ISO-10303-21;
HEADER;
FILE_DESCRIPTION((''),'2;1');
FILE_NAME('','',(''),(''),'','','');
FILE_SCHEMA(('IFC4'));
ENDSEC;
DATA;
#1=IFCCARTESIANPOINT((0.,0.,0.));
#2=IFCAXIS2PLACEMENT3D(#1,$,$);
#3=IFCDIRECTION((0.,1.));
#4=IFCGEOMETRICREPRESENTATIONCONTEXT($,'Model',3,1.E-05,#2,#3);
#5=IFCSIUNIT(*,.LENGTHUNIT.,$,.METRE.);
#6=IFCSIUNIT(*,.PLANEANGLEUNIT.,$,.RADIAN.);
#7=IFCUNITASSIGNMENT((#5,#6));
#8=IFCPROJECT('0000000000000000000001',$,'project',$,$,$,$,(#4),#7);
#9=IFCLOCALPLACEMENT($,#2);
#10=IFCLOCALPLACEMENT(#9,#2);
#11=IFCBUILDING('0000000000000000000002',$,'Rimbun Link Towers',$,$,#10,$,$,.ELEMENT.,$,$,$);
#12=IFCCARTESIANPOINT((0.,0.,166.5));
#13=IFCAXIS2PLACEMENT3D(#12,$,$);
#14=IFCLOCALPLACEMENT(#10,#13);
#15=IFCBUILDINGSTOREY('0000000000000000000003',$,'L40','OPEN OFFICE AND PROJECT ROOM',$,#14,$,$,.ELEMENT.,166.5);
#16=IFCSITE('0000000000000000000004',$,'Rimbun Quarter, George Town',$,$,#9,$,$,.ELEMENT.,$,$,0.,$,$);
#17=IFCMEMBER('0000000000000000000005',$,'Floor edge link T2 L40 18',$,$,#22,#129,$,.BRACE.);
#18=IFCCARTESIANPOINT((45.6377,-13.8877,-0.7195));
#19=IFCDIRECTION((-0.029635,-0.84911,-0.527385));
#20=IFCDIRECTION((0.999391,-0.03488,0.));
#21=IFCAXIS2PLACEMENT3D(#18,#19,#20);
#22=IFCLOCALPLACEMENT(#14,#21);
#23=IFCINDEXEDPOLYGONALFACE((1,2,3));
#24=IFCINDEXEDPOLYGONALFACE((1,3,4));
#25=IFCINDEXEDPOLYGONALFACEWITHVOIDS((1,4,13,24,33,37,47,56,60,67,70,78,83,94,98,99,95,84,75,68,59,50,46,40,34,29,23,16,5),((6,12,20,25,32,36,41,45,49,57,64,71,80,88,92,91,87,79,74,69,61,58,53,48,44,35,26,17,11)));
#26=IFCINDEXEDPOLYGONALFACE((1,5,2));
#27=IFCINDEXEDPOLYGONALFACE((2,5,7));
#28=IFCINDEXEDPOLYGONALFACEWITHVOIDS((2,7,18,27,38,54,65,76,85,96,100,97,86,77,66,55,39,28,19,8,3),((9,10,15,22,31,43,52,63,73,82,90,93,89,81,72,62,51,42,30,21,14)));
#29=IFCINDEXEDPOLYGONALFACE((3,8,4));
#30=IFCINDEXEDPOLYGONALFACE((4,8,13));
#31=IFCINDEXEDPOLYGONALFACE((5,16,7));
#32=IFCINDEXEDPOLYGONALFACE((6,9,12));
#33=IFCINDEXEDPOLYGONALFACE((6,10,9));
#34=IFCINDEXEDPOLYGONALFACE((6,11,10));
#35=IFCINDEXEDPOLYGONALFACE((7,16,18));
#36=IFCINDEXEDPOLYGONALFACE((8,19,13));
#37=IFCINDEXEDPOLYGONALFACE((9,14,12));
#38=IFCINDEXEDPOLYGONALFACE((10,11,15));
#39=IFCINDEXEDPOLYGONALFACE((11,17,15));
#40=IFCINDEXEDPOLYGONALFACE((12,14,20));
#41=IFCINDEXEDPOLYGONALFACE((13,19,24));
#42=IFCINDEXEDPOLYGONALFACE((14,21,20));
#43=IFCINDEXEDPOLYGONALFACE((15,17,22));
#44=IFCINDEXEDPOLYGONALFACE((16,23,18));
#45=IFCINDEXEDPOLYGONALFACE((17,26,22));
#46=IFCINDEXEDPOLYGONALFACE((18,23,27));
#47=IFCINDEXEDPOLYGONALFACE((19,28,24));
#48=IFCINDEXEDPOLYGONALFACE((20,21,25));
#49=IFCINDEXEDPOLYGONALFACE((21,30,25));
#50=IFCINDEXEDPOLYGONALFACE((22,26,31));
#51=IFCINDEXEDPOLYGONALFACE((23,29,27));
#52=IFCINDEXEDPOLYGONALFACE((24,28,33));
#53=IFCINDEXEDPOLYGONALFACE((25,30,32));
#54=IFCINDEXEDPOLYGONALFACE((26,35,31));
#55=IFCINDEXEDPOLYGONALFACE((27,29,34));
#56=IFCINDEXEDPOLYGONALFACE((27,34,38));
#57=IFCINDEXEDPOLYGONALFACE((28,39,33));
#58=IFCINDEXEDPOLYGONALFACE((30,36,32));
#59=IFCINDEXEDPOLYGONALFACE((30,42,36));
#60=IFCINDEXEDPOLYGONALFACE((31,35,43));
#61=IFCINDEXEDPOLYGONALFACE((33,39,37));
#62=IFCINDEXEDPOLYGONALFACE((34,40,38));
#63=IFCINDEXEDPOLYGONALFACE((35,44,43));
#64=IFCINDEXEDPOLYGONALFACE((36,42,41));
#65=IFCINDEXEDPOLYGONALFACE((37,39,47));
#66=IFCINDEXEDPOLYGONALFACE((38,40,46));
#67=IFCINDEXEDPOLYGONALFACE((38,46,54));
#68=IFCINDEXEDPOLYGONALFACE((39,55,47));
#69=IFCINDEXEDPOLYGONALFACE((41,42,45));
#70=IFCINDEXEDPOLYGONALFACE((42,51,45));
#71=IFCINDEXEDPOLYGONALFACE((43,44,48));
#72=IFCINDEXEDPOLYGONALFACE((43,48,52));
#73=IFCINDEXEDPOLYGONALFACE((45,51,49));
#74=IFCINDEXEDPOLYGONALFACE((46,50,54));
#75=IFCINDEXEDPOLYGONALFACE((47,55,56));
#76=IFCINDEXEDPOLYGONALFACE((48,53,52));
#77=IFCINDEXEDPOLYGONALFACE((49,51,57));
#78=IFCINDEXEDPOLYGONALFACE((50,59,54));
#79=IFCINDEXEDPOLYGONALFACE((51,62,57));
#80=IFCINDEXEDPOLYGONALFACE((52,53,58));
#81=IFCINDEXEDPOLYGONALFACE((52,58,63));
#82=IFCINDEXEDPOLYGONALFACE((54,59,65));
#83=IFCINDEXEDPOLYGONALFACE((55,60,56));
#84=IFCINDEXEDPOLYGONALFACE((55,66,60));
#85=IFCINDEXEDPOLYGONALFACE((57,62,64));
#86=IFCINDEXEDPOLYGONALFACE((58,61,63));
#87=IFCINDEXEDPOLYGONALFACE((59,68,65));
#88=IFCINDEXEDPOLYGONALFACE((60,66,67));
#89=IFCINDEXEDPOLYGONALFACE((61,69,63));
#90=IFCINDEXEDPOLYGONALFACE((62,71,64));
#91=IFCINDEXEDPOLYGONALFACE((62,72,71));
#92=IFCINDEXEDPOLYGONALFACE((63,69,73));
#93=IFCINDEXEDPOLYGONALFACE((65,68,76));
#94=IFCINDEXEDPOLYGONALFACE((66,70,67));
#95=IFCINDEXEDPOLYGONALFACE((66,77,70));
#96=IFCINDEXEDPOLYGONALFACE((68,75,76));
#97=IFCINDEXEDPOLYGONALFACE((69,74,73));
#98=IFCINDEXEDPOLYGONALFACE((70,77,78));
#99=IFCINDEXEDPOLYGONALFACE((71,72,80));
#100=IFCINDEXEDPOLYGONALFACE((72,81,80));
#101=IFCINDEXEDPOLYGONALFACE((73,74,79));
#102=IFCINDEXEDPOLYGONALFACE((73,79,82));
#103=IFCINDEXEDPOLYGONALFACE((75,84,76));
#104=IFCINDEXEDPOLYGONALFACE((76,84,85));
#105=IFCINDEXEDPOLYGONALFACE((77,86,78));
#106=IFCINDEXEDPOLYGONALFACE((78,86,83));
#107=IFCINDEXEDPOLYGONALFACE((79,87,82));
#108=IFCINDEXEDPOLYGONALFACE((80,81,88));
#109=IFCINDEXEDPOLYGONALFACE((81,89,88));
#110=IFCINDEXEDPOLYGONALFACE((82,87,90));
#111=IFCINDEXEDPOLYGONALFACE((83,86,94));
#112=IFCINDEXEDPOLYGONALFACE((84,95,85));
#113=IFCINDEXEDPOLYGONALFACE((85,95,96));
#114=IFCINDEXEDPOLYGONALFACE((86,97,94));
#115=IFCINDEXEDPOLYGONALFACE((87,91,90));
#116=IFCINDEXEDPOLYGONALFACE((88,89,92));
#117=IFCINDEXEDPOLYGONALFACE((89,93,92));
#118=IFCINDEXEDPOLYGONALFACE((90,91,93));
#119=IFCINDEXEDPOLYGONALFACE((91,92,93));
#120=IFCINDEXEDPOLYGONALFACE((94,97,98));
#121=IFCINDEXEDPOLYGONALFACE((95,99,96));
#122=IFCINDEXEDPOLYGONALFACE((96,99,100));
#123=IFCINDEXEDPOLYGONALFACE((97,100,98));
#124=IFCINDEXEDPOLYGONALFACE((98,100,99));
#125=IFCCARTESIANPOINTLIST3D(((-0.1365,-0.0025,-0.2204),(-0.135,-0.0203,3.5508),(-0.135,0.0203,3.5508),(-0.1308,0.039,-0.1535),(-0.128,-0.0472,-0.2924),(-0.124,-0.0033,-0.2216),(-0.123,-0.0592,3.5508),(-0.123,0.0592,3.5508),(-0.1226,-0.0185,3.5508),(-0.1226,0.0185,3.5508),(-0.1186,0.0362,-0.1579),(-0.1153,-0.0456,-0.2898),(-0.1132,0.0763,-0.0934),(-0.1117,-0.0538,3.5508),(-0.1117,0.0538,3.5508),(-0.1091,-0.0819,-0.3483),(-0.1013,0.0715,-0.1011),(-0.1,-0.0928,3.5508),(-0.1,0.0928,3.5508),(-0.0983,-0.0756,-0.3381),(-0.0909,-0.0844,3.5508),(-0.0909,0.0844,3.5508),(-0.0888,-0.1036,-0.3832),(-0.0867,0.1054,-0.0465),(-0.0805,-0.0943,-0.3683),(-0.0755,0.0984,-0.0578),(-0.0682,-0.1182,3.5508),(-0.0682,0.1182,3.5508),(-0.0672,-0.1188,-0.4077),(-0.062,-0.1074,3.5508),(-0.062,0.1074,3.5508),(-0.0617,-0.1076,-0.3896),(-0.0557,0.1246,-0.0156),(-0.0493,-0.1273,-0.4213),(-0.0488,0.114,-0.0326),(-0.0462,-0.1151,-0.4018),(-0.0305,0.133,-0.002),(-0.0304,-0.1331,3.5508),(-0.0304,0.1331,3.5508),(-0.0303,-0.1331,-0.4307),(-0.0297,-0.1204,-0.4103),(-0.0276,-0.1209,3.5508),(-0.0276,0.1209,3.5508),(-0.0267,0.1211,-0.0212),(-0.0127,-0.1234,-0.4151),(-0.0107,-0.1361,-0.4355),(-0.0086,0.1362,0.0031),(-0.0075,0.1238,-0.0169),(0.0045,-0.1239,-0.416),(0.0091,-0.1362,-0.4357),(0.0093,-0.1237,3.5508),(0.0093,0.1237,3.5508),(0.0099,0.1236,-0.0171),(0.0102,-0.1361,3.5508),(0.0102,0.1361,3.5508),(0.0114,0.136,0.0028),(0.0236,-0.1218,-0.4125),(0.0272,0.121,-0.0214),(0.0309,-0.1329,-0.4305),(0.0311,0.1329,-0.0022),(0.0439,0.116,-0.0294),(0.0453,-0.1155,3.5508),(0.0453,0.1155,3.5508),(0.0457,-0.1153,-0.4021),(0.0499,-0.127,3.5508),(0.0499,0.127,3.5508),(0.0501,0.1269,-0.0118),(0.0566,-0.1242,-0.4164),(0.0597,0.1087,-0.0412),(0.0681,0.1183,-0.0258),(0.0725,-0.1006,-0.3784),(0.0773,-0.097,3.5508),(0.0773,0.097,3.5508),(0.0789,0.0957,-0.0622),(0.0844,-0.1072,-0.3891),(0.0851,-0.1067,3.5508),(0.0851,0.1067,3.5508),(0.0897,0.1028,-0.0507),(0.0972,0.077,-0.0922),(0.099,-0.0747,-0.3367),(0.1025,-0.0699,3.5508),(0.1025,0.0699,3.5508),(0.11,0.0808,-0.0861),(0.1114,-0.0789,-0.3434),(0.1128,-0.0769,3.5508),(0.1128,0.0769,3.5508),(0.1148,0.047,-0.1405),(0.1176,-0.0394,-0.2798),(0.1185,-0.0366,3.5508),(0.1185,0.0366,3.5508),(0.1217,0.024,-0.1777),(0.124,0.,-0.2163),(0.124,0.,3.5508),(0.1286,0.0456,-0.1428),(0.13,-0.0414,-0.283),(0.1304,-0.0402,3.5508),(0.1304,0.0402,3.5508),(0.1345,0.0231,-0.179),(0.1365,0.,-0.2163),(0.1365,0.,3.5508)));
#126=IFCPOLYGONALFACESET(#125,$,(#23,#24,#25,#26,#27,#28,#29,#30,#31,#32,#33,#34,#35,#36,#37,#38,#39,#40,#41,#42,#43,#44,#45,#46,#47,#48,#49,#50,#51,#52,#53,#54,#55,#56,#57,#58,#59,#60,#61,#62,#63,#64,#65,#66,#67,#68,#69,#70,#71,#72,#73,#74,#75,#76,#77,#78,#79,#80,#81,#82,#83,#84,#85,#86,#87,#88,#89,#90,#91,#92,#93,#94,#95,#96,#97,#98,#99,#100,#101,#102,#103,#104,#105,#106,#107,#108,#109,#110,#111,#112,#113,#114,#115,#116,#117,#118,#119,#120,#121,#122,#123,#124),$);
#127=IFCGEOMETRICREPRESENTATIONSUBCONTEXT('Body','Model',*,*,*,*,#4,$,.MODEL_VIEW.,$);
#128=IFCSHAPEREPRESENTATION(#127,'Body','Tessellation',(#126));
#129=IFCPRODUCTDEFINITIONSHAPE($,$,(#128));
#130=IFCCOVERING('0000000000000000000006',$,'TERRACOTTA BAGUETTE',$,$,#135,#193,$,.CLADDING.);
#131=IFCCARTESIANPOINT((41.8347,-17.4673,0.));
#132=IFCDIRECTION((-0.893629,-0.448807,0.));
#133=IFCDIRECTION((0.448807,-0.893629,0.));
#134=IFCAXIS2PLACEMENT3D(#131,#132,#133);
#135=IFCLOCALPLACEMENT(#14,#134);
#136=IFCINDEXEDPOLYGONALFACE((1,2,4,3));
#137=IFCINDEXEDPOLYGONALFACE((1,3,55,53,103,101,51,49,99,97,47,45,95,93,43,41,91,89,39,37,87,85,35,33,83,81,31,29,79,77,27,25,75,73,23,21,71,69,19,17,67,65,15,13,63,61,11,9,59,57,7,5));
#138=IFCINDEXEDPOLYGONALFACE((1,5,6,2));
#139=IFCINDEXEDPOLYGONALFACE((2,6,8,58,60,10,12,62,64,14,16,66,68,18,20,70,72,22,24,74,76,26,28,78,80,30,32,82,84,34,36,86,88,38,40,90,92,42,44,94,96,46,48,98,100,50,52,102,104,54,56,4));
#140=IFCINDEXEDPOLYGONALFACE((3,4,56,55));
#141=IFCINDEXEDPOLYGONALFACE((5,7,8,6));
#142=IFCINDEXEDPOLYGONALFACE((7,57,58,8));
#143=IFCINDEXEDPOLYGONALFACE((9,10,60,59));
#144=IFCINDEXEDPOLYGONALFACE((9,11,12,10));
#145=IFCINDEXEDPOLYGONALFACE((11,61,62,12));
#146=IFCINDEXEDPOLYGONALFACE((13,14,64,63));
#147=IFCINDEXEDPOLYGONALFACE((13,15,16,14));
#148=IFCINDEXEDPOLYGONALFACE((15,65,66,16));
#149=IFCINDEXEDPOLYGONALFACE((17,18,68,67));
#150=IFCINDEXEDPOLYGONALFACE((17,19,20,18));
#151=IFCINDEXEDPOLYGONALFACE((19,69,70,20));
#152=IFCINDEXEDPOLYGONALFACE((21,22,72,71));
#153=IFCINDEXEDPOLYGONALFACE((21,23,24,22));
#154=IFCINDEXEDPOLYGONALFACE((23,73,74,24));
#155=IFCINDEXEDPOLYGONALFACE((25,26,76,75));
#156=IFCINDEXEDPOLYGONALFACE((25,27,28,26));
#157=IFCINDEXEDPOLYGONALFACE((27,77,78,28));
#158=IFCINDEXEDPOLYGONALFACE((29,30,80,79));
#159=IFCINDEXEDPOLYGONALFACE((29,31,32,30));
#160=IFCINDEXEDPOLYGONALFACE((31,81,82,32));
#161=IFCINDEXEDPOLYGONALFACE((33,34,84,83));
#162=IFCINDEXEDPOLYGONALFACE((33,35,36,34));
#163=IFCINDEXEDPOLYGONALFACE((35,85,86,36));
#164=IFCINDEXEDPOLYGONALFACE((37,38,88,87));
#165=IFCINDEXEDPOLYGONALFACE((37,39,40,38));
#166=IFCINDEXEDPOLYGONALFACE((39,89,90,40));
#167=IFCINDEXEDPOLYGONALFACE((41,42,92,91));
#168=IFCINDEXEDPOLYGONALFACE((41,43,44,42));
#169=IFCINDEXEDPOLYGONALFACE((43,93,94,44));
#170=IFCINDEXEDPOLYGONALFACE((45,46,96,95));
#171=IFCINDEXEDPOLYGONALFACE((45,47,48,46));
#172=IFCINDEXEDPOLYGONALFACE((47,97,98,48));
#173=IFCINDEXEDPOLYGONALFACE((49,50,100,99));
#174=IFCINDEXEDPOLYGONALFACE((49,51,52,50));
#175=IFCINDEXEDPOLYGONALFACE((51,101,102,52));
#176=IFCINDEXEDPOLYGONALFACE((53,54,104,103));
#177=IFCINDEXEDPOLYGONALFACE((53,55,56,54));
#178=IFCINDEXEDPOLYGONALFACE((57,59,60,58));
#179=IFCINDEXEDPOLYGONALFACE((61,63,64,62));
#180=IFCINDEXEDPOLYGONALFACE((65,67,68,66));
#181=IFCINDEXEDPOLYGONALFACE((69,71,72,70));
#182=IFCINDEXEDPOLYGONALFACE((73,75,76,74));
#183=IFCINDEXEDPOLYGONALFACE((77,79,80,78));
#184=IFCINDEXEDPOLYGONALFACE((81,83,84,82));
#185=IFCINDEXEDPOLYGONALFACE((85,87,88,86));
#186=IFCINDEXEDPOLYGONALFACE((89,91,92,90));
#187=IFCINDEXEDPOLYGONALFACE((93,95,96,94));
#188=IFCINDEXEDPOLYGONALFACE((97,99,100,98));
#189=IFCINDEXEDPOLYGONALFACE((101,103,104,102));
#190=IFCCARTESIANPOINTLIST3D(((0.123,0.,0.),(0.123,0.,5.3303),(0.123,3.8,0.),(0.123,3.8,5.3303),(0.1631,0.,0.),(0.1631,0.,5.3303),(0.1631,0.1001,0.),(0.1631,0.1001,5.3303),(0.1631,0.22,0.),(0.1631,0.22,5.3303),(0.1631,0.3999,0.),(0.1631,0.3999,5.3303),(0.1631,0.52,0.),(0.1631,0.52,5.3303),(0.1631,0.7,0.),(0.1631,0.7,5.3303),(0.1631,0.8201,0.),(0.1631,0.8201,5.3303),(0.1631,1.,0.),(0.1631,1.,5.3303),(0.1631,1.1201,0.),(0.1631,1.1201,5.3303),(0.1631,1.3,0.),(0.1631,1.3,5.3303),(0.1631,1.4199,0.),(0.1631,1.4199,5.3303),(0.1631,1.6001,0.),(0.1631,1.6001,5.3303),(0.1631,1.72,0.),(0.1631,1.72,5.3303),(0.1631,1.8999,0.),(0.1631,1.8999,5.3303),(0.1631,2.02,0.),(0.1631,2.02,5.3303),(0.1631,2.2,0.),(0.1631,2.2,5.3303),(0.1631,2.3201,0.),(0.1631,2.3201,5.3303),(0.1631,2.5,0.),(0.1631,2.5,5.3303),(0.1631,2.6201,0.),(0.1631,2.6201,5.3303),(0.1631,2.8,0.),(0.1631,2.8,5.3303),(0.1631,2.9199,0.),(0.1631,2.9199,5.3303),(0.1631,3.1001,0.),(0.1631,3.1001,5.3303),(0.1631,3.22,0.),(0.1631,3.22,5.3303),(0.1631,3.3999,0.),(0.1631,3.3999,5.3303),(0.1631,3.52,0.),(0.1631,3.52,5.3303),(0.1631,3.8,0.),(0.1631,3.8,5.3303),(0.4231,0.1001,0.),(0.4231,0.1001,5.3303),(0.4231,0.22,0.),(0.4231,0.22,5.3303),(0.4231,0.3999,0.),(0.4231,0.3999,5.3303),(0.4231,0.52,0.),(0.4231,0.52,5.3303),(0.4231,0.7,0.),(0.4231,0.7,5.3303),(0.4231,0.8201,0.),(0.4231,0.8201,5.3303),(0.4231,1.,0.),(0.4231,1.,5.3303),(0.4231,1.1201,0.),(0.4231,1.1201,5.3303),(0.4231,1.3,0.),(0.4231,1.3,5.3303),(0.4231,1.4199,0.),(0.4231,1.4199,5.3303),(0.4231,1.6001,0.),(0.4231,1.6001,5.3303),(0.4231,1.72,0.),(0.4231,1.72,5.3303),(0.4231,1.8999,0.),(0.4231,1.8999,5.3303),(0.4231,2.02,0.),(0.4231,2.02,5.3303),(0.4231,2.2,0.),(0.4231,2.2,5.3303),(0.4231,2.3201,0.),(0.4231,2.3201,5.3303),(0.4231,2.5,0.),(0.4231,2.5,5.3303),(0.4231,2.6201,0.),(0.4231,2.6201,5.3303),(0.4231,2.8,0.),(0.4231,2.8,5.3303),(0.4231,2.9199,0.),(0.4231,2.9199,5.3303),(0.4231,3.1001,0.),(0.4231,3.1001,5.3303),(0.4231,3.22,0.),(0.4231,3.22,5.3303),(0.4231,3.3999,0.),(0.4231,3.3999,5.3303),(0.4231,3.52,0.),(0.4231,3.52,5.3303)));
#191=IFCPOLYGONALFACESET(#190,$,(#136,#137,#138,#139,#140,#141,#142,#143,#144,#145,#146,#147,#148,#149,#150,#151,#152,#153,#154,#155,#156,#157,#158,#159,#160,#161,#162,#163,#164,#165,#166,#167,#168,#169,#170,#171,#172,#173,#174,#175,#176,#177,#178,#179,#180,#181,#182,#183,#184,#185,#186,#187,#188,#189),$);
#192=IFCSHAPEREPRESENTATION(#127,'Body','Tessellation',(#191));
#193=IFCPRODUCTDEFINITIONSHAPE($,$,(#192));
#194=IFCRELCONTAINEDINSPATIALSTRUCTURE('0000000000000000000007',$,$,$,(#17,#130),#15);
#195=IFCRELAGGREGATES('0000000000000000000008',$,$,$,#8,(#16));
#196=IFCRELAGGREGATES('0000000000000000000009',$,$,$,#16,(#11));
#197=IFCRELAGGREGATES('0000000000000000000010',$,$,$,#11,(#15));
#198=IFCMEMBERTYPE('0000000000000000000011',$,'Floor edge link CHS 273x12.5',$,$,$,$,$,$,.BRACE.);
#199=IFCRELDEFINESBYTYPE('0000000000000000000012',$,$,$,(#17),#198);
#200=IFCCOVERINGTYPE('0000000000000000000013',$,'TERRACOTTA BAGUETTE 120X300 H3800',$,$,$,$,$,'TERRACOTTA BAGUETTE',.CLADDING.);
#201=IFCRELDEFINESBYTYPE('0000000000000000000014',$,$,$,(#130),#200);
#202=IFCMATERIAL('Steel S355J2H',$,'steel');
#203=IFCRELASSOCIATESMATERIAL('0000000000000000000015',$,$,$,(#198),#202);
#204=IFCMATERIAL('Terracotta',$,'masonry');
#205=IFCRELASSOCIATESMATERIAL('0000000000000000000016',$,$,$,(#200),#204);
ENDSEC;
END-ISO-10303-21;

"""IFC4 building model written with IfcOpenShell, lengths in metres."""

from ifc_helpers import new_model, si_unit, direction, frame, origin, origin_2d, place, context, subcontext, project, spatial, polyline, hollow_circle, outline, extrude, clip, halfspace, material, material_profile, profile_set, type_object, element, save


model = new_model("IFC4")

# Units and contexts
model_context = context("Model", 3, precision=1e-05, world=origin(), true_north=direction((0.0, 1.0)))
body_context = subcontext(model_context, "Body", "Model", "MODEL_VIEW")
ifc_project = project(units=[si_unit("LENGTHUNIT", "METRE"), si_unit("PLANEANGLEUNIT", "RADIAN")], contexts=[model_context])

# Site, building, storey
site_placement = place(None, origin())
site = spatial("IfcSite", under=ifc_project, at=site_placement, Name="Rimbun Quarter, George Town", CompositionType="ELEMENT", RefElevation=0.0)
building_placement = place(site_placement, origin())
building = spatial("IfcBuilding", under=site, at=building_placement, Name="Rimbun Link Towers", CompositionType="ELEMENT")
storey_placement = place(building_placement, frame((0.0, 0.0, 166.5)))
storey = spatial("IfcBuildingStorey", under=building, at=storey_placement, Name="L40", Description="OPEN OFFICE AND PROJECT ROOM", CompositionType="ELEMENT", Elevation=166.5)

# Member
ifc_material_1 = material(Name="Steel S355J2H", Category="steel")
ifc_material_profile_1 = material_profile(ifc_material_1, hollow_circle(Radius=0.1365, WallThickness=0.0125, at=origin_2d()), Name="CHS 273x12.5")
ifc_profile_set_1 = profile_set([ifc_material_profile_1], Name="Steel S355J2H")
member_type_1 = type_object("IfcMemberType", Name="Floor edge link CHS 273x12.5", PredefinedType="BRACE", material=ifc_profile_set_1)
member_1_placement = place(storey_placement, frame((45.6377, -13.8877, -0.7195), z_axis=(-0.029635, -0.84911, -0.527385), x_axis=(0.999391, -0.03488, 0.0)))
element("IfcMember", 1, at=member_1_placement, inside=storey, type_object=member_type_1, Name="Floor edge link T2 L40 18", PredefinedType="BRACE", context=body_context, shape_type="Clipping", body=[
    clip(extrude(hollow_circle(Radius=0.1365, WallThickness=0.0125, at=origin_2d()), frame((0.0, 0.0, -0.4587)), (0.0, 0.0, 1.0), 4.0095), halfspace(frame((0.0, 0.0, -0.2163), z_axis=(0.0, 0.849627, -0.527385)), False)),
])

# Covering
ifc_material_2 = material(Name="Terracotta", Category="masonry")
ifc_material_profile_2 = material_profile(ifc_material_2, outline(polyline([(0.123, 0.0), (0.1631, 0.0), (0.1631, 0.1001), (0.4231, 0.1001), (0.4231, 0.22), (0.1631, 0.22), (0.1631, 0.3999), (0.4231, 0.3999), (0.4231, 0.52), (0.1631, 0.52), (0.1631, 0.7), (0.4231, 0.7), (0.4231, 0.8201), (0.1631, 0.8201), (0.1631, 1.0), (0.4231, 1.0), (0.4231, 1.1201), (0.1631, 1.1201), (0.1631, 1.3), (0.4231, 1.3), (0.4231, 1.4199), (0.1631, 1.4199), (0.1631, 1.6001), (0.4231, 1.6001), (0.4231, 1.72), (0.1631, 1.72), (0.1631, 1.8999), (0.4231, 1.8999), (0.4231, 2.02), (0.1631, 2.02), (0.1631, 2.2), (0.4231, 2.2), (0.4231, 2.3201), (0.1631, 2.3201), (0.1631, 2.5), (0.4231, 2.5), (0.4231, 2.6201), (0.1631, 2.6201), (0.1631, 2.8), (0.4231, 2.8), (0.4231, 2.9199), (0.1631, 2.9199), (0.1631, 3.1001), (0.4231, 3.1001), (0.4231, 3.22), (0.1631, 3.22), (0.1631, 3.3999), (0.4231, 3.3999), (0.4231, 3.52), (0.1631, 3.52), (0.1631, 3.8), (0.123, 3.8), (0.123, 0.0)])), Name="BAGUETTE 120X300")
ifc_profile_set_2 = profile_set([ifc_material_profile_2], Name="Terracotta")
covering_type = type_object("IfcCoveringType", Name="TERRACOTTA BAGUETTE 120X300 H3800", ElementType="TERRACOTTA BAGUETTE", PredefinedType="CLADDING", material=ifc_profile_set_2)
covering_placement = place(storey_placement, frame((41.8347, -17.4673, 0.0), z_axis=(-0.893629, -0.448807, 0.0), x_axis=(0.448807, -0.893629, 0.0)))
element("IfcCovering", 2, at=covering_placement, inside=storey, type_object=covering_type, Name="TERRACOTTA BAGUETTE", PredefinedType="CLADDING", context=body_context, shape_type="SweptSolid", body=[
    extrude(outline(polyline([(0.123, 0.0), (0.1631, 0.0), (0.1631, 0.1001), (0.4231, 0.1001), (0.4231, 0.22), (0.1631, 0.22), (0.1631, 0.3999), (0.4231, 0.3999), (0.4231, 0.52), (0.1631, 0.52), (0.1631, 0.7), (0.4231, 0.7), (0.4231, 0.8201), (0.1631, 0.8201), (0.1631, 1.0), (0.4231, 1.0), (0.4231, 1.1201), (0.1631, 1.1201), (0.1631, 1.3), (0.4231, 1.3), (0.4231, 1.4199), (0.1631, 1.4199), (0.1631, 1.6001), (0.4231, 1.6001), (0.4231, 1.72), (0.1631, 1.72), (0.1631, 1.8999), (0.4231, 1.8999), (0.4231, 2.02), (0.1631, 2.02), (0.1631, 2.2), (0.4231, 2.2), (0.4231, 2.3201), (0.1631, 2.3201), (0.1631, 2.5), (0.4231, 2.5), (0.4231, 2.6201), (0.1631, 2.6201), (0.1631, 2.8), (0.4231, 2.8), (0.4231, 2.9199), (0.1631, 2.9199), (0.1631, 3.1001), (0.4231, 3.1001), (0.4231, 3.22), (0.1631, 3.22), (0.1631, 3.3999), (0.4231, 3.3999), (0.4231, 3.52), (0.1631, 3.52), (0.1631, 3.8), (0.123, 3.8), (0.123, 0.0)])), origin(), (0.0, 0.0, 1.0), 5.3303),
])

save(model, "model.ifc")
